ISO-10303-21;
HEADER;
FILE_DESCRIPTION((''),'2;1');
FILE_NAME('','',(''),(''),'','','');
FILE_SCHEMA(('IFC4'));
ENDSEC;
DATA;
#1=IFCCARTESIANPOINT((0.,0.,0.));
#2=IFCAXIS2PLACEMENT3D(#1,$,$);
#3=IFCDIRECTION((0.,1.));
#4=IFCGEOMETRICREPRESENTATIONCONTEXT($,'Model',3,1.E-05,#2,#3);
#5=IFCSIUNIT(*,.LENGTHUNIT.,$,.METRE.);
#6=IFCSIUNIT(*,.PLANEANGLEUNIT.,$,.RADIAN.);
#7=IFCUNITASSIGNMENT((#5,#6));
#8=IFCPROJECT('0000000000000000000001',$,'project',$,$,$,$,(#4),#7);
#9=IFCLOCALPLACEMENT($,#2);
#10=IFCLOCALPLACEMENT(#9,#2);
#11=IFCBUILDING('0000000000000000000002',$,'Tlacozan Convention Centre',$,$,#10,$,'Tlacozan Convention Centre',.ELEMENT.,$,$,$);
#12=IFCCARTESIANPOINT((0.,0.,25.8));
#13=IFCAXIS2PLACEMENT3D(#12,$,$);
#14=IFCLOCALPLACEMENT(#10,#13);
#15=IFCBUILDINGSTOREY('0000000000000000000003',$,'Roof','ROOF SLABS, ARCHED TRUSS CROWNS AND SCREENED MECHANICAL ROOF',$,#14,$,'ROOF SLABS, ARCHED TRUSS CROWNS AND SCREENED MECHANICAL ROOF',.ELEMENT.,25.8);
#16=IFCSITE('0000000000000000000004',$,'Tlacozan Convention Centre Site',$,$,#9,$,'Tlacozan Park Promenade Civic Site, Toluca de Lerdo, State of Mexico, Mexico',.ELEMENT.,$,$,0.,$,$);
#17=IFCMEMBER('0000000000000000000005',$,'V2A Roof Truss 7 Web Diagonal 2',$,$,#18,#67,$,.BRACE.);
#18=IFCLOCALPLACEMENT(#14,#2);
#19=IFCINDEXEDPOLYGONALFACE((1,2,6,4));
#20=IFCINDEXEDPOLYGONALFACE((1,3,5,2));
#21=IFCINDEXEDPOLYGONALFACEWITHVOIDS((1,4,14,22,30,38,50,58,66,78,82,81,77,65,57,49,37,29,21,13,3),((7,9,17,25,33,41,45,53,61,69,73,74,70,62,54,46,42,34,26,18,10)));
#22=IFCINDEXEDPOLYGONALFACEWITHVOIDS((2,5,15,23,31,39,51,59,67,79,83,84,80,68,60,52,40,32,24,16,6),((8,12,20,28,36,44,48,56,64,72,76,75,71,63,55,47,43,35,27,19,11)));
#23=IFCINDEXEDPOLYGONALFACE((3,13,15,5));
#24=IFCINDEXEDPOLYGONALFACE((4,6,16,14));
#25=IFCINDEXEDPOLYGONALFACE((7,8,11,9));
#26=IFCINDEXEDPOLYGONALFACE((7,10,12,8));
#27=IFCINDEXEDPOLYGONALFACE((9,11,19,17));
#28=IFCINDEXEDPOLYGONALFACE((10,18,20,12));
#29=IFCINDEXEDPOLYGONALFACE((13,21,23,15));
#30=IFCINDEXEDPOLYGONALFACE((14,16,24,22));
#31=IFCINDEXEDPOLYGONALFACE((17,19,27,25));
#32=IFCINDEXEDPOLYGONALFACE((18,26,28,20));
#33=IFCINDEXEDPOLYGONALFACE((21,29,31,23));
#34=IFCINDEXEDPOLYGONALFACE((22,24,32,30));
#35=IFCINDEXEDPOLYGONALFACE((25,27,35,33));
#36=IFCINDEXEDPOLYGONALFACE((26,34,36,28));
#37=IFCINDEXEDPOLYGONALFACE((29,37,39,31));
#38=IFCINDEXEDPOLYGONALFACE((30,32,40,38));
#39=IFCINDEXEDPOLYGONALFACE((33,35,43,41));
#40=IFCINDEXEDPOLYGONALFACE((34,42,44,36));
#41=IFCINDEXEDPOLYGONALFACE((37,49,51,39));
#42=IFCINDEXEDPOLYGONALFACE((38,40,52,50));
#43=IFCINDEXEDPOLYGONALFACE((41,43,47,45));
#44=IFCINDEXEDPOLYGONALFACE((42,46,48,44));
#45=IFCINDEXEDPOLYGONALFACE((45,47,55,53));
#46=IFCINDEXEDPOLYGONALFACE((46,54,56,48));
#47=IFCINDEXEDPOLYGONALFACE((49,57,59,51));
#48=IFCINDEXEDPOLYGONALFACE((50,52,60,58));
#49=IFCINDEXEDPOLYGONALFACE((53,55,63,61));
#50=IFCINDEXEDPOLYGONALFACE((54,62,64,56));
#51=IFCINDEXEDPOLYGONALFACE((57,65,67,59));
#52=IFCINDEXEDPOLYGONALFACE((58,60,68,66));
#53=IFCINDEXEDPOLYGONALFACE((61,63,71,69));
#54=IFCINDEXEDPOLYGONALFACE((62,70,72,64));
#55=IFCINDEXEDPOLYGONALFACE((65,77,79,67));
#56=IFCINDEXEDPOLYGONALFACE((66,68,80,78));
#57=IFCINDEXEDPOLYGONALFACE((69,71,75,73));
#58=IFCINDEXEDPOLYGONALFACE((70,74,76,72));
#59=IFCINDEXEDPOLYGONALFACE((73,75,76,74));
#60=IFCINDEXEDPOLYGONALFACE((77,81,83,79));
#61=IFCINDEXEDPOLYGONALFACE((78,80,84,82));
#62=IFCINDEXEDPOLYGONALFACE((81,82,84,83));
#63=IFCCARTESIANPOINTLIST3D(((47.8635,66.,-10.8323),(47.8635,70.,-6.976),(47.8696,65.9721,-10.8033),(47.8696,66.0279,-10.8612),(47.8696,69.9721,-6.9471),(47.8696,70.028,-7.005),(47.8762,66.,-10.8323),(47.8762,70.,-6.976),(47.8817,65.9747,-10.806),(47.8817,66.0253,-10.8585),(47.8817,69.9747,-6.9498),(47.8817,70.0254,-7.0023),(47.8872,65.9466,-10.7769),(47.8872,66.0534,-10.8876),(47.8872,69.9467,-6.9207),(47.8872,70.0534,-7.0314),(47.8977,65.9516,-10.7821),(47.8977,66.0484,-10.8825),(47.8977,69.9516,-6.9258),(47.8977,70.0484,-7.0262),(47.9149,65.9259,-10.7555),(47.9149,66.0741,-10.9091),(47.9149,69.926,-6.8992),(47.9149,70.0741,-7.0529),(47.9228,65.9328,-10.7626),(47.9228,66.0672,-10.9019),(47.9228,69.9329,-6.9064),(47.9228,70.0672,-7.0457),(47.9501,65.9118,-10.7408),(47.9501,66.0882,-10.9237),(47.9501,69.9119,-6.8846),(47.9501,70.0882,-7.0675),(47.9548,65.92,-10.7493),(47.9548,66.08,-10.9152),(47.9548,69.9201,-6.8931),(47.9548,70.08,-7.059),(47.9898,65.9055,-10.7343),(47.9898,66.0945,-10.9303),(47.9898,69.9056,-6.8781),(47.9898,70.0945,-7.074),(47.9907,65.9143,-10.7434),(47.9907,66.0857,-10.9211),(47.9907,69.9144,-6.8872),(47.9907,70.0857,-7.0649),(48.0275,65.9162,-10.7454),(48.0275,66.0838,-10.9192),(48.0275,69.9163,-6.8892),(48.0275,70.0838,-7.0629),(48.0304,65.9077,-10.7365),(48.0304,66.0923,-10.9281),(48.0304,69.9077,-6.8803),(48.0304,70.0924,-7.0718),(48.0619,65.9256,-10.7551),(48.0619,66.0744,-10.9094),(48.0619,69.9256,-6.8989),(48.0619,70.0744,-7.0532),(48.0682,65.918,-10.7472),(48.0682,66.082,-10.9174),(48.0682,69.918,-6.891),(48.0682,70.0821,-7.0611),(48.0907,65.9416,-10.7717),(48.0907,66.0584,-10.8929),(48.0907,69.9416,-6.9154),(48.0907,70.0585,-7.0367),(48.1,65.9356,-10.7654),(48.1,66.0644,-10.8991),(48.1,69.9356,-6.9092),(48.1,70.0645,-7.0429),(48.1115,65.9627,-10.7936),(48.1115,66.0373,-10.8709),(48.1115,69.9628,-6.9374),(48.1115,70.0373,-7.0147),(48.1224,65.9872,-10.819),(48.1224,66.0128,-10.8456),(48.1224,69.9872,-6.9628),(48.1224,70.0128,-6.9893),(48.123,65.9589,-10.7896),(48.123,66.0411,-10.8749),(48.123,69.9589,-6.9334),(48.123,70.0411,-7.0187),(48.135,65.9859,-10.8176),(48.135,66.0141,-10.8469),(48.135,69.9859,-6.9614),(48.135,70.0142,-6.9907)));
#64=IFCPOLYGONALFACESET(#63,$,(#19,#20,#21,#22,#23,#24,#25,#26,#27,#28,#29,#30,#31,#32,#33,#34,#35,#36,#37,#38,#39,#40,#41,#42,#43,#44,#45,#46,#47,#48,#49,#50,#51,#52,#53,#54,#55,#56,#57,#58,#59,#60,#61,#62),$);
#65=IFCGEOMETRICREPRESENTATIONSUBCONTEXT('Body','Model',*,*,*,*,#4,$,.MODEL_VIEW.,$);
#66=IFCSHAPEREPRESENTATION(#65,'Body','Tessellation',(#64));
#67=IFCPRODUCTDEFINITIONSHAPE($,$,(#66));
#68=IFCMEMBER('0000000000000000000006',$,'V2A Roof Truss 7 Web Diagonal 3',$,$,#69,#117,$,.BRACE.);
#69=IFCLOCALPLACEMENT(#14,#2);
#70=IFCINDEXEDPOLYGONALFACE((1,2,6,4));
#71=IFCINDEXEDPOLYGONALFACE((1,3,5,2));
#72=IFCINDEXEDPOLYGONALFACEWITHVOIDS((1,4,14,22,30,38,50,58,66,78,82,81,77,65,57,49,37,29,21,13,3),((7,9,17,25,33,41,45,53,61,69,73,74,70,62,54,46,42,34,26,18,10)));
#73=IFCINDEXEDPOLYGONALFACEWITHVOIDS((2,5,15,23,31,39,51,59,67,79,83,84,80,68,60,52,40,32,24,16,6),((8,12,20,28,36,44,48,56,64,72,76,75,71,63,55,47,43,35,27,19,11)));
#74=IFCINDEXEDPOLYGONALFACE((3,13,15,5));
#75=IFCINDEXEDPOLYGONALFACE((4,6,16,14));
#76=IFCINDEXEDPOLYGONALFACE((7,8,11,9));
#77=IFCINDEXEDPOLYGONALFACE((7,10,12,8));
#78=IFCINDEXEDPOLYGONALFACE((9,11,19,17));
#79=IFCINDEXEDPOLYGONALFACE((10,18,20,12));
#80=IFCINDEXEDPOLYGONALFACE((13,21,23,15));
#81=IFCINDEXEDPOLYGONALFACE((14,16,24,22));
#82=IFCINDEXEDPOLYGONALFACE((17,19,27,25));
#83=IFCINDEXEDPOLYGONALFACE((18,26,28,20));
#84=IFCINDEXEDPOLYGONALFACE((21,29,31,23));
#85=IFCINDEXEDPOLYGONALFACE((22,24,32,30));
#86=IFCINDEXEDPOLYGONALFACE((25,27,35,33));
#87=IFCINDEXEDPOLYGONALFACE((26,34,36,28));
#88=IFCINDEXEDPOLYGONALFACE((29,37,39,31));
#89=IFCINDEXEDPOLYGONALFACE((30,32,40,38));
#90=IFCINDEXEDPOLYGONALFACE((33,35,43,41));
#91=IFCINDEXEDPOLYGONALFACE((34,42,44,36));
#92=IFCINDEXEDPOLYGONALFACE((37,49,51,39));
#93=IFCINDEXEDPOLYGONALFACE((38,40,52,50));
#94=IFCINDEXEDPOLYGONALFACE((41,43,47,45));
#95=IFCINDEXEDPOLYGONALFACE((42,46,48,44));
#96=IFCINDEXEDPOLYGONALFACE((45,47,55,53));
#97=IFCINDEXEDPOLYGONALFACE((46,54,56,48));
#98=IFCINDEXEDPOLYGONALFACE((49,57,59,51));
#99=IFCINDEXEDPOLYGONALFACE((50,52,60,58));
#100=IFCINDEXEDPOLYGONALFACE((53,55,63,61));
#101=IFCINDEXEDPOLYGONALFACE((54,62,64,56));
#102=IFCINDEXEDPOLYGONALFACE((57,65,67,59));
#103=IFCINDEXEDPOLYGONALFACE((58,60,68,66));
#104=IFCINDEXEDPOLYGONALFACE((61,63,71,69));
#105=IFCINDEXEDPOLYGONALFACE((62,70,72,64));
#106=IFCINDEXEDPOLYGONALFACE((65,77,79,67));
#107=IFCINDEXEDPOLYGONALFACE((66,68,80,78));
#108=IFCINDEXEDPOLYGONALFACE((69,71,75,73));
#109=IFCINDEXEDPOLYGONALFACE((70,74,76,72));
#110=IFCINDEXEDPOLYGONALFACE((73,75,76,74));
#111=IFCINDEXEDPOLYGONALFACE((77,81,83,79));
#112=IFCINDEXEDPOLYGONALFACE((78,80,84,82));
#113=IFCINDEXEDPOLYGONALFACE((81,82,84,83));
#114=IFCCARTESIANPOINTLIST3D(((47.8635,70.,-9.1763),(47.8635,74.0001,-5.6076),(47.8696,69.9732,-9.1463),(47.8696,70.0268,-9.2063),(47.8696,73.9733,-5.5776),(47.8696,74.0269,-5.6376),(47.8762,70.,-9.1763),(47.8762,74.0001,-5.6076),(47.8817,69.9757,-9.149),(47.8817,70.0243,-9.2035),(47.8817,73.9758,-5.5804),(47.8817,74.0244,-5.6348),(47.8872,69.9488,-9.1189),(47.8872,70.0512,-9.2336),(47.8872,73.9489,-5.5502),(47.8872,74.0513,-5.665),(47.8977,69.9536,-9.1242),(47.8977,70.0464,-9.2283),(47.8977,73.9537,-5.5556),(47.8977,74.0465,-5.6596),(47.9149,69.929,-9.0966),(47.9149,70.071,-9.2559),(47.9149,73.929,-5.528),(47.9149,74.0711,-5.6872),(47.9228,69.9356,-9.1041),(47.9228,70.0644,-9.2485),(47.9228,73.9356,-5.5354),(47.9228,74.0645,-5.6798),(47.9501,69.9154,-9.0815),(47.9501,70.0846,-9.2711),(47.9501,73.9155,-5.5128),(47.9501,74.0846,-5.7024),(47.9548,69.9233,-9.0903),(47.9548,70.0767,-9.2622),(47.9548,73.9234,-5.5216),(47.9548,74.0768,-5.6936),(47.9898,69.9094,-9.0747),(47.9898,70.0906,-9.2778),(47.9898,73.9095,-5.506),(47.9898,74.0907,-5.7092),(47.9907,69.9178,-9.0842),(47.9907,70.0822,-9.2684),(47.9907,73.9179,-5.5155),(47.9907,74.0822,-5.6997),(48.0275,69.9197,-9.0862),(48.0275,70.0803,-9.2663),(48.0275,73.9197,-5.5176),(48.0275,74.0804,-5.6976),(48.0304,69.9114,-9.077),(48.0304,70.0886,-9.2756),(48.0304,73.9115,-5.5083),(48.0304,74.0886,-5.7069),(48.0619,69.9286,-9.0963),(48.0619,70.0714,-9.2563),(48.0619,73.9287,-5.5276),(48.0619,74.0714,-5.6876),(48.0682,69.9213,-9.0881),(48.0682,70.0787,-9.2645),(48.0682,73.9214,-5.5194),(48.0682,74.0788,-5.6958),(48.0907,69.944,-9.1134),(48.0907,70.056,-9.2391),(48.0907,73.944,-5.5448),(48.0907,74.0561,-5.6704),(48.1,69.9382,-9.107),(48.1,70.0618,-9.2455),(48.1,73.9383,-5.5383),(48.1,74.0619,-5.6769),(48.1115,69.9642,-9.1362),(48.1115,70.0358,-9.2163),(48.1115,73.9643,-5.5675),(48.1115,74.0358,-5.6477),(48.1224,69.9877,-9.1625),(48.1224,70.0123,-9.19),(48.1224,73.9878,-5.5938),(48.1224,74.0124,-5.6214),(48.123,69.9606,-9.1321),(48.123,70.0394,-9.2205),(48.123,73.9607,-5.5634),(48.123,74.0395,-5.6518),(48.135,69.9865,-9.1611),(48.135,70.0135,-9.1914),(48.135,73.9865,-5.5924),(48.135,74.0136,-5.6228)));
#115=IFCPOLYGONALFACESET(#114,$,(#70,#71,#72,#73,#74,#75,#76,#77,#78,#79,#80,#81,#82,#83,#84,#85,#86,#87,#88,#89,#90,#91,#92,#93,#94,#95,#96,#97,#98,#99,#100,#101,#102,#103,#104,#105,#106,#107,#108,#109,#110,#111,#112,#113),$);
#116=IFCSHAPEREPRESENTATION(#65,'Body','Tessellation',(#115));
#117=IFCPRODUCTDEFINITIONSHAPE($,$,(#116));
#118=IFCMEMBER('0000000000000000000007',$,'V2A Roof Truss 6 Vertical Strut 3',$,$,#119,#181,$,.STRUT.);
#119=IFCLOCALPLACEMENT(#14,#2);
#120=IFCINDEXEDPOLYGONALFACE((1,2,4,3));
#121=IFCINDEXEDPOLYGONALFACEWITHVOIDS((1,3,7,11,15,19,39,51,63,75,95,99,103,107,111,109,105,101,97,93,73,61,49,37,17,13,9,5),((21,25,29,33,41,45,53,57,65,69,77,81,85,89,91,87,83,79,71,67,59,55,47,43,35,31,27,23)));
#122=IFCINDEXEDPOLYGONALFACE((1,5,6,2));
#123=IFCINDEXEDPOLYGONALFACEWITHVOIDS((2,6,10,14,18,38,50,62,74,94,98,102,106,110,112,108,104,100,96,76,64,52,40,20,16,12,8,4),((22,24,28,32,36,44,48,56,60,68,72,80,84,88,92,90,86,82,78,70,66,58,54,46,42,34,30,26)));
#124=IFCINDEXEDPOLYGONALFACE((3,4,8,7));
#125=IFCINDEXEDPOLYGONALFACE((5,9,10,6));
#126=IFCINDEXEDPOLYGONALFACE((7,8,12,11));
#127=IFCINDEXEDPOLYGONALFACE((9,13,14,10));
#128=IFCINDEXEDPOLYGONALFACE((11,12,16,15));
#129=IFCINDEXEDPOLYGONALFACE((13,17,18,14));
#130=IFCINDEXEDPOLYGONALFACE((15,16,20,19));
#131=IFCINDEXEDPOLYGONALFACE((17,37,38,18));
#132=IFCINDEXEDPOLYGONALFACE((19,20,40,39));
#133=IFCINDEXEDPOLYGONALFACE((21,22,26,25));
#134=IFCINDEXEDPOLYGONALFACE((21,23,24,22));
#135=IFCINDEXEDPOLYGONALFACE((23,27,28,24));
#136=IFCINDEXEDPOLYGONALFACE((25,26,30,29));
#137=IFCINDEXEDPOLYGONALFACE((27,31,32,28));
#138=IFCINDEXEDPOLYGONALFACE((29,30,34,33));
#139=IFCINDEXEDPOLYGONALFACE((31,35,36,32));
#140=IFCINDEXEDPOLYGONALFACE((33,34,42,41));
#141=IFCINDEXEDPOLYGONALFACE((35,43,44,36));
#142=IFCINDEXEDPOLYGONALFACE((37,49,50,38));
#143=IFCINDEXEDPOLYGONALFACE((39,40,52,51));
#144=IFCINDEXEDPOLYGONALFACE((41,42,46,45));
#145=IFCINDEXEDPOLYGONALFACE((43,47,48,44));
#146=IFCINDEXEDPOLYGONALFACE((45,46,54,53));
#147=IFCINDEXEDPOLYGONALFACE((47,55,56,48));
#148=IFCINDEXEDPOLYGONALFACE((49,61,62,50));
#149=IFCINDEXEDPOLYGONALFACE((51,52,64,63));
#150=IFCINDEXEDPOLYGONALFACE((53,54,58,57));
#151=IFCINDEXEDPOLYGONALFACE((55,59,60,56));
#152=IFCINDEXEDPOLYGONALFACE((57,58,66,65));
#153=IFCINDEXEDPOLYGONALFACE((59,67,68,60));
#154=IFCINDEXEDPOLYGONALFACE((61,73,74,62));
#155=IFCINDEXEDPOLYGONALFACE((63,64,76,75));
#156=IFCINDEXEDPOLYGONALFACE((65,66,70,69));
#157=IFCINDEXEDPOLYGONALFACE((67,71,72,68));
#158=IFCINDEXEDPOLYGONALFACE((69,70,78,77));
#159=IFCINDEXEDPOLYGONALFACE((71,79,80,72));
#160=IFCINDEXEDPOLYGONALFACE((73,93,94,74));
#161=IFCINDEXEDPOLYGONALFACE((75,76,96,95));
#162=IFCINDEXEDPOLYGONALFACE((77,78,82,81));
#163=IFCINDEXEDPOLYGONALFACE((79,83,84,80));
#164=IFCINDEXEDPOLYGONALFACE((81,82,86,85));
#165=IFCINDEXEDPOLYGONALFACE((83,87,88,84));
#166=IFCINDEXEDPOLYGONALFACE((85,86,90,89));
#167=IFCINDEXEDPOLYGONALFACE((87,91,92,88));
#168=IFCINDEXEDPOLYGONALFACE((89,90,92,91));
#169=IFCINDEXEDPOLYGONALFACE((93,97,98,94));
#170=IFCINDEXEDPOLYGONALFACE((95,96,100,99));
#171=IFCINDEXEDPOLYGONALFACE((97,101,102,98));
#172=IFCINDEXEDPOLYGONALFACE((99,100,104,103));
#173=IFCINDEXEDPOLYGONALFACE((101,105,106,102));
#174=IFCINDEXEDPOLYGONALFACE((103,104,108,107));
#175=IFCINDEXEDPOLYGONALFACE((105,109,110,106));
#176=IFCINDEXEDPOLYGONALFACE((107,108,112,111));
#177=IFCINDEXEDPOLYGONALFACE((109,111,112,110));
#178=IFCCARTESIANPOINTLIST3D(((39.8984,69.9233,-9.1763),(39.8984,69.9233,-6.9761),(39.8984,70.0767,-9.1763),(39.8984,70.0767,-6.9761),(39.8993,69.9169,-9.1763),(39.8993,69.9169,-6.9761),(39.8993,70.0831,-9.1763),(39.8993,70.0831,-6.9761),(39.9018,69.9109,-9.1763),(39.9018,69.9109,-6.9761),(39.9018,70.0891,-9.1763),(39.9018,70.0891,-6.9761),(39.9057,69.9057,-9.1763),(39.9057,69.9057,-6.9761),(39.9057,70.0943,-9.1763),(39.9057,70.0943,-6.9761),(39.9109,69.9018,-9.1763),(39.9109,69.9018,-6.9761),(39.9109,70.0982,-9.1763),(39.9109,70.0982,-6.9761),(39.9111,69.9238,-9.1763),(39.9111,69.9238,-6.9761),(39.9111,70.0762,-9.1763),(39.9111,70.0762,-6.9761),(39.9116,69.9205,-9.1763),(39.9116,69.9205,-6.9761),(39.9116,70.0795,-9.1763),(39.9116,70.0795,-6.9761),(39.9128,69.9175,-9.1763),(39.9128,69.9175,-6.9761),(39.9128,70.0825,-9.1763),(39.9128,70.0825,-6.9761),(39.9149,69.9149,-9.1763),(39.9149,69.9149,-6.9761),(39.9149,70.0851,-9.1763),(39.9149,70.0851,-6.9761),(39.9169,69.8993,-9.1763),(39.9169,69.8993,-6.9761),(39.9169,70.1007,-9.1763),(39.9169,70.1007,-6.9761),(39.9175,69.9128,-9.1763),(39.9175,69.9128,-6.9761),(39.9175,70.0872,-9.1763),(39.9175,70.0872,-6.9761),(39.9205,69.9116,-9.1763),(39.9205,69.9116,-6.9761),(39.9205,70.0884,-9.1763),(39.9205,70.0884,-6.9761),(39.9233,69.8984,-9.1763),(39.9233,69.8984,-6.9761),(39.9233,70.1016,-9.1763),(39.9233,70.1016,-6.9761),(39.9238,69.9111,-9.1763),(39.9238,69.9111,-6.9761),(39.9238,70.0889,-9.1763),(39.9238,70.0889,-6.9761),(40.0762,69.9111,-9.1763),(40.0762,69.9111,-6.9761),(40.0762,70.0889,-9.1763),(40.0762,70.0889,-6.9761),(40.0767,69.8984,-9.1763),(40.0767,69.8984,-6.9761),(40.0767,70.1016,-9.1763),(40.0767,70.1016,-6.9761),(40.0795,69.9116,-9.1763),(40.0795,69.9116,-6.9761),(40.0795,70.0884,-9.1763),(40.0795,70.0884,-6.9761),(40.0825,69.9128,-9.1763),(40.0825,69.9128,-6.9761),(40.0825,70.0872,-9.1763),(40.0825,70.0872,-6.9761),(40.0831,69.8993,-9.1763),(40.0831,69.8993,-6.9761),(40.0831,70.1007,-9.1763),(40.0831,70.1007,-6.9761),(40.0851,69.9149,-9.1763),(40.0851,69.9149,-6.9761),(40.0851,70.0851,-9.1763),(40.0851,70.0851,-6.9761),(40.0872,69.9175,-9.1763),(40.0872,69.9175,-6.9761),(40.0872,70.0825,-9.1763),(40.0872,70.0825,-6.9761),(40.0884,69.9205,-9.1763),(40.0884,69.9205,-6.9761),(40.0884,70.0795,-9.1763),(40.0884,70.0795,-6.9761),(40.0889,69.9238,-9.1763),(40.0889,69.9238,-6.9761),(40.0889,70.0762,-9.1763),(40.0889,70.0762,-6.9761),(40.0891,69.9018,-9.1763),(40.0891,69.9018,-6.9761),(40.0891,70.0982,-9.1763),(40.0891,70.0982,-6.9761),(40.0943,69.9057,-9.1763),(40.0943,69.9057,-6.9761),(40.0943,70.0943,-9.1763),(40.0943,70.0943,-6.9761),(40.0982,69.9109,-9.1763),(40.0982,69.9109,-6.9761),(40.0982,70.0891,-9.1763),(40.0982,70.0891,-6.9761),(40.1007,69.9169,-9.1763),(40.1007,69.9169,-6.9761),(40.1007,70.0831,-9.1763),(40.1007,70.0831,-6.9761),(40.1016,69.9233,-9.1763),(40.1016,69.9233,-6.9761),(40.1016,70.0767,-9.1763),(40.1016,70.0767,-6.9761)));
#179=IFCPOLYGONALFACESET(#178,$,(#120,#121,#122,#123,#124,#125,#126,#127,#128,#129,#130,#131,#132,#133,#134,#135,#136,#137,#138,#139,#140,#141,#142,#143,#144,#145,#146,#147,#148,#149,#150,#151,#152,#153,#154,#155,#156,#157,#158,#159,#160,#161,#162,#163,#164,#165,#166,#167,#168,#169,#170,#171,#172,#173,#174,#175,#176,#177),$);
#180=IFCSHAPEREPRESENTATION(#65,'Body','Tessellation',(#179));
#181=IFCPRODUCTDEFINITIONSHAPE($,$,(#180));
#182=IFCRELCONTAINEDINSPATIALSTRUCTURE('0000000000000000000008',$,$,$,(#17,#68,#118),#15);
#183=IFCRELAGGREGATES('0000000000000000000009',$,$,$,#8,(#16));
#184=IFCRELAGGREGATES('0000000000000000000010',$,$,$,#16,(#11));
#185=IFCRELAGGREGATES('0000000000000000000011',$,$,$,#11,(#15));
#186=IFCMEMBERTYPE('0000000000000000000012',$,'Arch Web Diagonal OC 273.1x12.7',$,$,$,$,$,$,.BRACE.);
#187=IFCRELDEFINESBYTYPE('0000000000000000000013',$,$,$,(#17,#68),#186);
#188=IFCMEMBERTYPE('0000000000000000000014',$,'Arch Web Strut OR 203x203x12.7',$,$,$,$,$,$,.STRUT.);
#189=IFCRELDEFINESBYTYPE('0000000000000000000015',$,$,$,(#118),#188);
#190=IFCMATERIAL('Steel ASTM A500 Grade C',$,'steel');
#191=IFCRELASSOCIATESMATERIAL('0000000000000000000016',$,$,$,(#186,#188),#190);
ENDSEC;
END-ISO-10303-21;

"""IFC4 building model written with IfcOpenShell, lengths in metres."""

from ifc_helpers import new_model, si_unit, direction, frame, origin, origin_2d, place, context, subcontext, project, spatial, hollow_rectangle, hollow_circle, extrude, material, material_profile, profile_set, type_object, element, save


model = new_model("IFC4")

# Units and contexts
model_context = context("Model", 3, precision=1e-05, world=origin(), true_north=direction((0.0, 1.0)))
body_context = subcontext(model_context, "Body", "Model", "MODEL_VIEW")
ifc_project = project(units=[si_unit("LENGTHUNIT", "METRE"), si_unit("PLANEANGLEUNIT", "RADIAN")], contexts=[model_context])

# Site, building, storey
site_placement = place(None, origin())
site = spatial("IfcSite", under=ifc_project, at=site_placement, Name="Tlacozan Convention Centre Site", LongName="Tlacozan Park Promenade Civic Site, Toluca de Lerdo, State of Mexico, Mexico", CompositionType="ELEMENT", RefElevation=0.0)
building_placement = place(site_placement, origin())
building = spatial("IfcBuilding", under=site, at=building_placement, Name="Tlacozan Convention Centre", LongName="Tlacozan Convention Centre", CompositionType="ELEMENT")
storey_placement = place(building_placement, frame((0.0, 0.0, 25.8)))
storey = spatial("IfcBuildingStorey", under=building, at=storey_placement, Name="Roof", Description="ROOF SLABS, ARCHED TRUSS CROWNS AND SCREENED MECHANICAL ROOF", LongName="ROOF SLABS, ARCHED TRUSS CROWNS AND SCREENED MECHANICAL ROOF", CompositionType="ELEMENT", Elevation=25.8)

# Members
ifc_material_1 = material(Name="Steel ASTM A500 Grade C", Category="steel")
ifc_material_profile_1 = material_profile(ifc_material_1, hollow_circle(Radius=0.1365, WallThickness=0.0127, at=origin_2d()), Name="OC 273.1x12.7")
ifc_profile_set_1 = profile_set([ifc_material_profile_1], Name="Steel ASTM A500 Grade C")
member_type_1 = type_object("IfcMemberType", Name="Arch Web Diagonal OC 273.1x12.7", PredefinedType="BRACE", material=ifc_profile_set_1)
member_1_placement = place(storey_placement, frame((48.0, 66.0, -10.8323), z_axis=(0.0, 0.719929, 0.694048), x_axis=(-1.0, 0.0, 0.0)))
element("IfcMember", 1, at=member_1_placement, inside=storey, type_object=member_type_1, Name="V2A Roof Truss 7 Web Diagonal 2", PredefinedType="BRACE", context=body_context, shape_type="SweptSolid", body=[
    extrude(hollow_circle(Radius=0.1365, WallThickness=0.0127, at=origin_2d()), origin(), (0.0, 0.0, 1.0), 5.5562),
])
member_2_placement = place(storey_placement, frame((48.0, 70.0, -9.1763), z_axis=(0.0, 0.746199, 0.665722), x_axis=(-1.0, 0.0, 0.0)))
element("IfcMember", 2, at=member_2_placement, inside=storey, type_object=member_type_1, Name="V2A Roof Truss 7 Web Diagonal 3", PredefinedType="BRACE", context=body_context, shape_type="SweptSolid", body=[
    extrude(hollow_circle(Radius=0.1365, WallThickness=0.0127, at=origin_2d()), origin(), (0.0, 0.0, 1.0), 5.3606),
])
ifc_material_profile_2 = material_profile(ifc_material_1, hollow_rectangle(XDim=0.2031, YDim=0.2031, WallThickness=0.0127, InnerFilletRadius=0.0127, OuterFilletRadius=0.0249, at=origin_2d()), Name="OR 203x203x12.7")
ifc_profile_set_2 = profile_set([ifc_material_profile_2], Name="Steel ASTM A500 Grade C")
member_type_2 = type_object("IfcMemberType", Name="Arch Web Strut OR 203x203x12.7", PredefinedType="STRUT", material=ifc_profile_set_2)
for number, where, z_axis, x_axis, name in (
    (3, (40.0, 70.0, -9.1763), (0.0, 0.0, 1.0), (1.0, 0.0, 0.0), "V2A Roof Truss 6 Vertical Strut 3"),
):
    element("IfcMember", number, at=place(storey_placement, frame(where, z_axis=z_axis, x_axis=x_axis)), inside=storey, type_object=member_type_2, Name=name, PredefinedType="STRUT", context=body_context, shape_type="SweptSolid", body=[
        extrude(hollow_rectangle(XDim=0.2031, YDim=0.2031, WallThickness=0.0127, InnerFilletRadius=0.0127, OuterFilletRadius=0.0249, at=origin_2d()), origin(), (0.0, 0.0, 1.0), 2.2002),
    ])

save(model, "model.ifc")
